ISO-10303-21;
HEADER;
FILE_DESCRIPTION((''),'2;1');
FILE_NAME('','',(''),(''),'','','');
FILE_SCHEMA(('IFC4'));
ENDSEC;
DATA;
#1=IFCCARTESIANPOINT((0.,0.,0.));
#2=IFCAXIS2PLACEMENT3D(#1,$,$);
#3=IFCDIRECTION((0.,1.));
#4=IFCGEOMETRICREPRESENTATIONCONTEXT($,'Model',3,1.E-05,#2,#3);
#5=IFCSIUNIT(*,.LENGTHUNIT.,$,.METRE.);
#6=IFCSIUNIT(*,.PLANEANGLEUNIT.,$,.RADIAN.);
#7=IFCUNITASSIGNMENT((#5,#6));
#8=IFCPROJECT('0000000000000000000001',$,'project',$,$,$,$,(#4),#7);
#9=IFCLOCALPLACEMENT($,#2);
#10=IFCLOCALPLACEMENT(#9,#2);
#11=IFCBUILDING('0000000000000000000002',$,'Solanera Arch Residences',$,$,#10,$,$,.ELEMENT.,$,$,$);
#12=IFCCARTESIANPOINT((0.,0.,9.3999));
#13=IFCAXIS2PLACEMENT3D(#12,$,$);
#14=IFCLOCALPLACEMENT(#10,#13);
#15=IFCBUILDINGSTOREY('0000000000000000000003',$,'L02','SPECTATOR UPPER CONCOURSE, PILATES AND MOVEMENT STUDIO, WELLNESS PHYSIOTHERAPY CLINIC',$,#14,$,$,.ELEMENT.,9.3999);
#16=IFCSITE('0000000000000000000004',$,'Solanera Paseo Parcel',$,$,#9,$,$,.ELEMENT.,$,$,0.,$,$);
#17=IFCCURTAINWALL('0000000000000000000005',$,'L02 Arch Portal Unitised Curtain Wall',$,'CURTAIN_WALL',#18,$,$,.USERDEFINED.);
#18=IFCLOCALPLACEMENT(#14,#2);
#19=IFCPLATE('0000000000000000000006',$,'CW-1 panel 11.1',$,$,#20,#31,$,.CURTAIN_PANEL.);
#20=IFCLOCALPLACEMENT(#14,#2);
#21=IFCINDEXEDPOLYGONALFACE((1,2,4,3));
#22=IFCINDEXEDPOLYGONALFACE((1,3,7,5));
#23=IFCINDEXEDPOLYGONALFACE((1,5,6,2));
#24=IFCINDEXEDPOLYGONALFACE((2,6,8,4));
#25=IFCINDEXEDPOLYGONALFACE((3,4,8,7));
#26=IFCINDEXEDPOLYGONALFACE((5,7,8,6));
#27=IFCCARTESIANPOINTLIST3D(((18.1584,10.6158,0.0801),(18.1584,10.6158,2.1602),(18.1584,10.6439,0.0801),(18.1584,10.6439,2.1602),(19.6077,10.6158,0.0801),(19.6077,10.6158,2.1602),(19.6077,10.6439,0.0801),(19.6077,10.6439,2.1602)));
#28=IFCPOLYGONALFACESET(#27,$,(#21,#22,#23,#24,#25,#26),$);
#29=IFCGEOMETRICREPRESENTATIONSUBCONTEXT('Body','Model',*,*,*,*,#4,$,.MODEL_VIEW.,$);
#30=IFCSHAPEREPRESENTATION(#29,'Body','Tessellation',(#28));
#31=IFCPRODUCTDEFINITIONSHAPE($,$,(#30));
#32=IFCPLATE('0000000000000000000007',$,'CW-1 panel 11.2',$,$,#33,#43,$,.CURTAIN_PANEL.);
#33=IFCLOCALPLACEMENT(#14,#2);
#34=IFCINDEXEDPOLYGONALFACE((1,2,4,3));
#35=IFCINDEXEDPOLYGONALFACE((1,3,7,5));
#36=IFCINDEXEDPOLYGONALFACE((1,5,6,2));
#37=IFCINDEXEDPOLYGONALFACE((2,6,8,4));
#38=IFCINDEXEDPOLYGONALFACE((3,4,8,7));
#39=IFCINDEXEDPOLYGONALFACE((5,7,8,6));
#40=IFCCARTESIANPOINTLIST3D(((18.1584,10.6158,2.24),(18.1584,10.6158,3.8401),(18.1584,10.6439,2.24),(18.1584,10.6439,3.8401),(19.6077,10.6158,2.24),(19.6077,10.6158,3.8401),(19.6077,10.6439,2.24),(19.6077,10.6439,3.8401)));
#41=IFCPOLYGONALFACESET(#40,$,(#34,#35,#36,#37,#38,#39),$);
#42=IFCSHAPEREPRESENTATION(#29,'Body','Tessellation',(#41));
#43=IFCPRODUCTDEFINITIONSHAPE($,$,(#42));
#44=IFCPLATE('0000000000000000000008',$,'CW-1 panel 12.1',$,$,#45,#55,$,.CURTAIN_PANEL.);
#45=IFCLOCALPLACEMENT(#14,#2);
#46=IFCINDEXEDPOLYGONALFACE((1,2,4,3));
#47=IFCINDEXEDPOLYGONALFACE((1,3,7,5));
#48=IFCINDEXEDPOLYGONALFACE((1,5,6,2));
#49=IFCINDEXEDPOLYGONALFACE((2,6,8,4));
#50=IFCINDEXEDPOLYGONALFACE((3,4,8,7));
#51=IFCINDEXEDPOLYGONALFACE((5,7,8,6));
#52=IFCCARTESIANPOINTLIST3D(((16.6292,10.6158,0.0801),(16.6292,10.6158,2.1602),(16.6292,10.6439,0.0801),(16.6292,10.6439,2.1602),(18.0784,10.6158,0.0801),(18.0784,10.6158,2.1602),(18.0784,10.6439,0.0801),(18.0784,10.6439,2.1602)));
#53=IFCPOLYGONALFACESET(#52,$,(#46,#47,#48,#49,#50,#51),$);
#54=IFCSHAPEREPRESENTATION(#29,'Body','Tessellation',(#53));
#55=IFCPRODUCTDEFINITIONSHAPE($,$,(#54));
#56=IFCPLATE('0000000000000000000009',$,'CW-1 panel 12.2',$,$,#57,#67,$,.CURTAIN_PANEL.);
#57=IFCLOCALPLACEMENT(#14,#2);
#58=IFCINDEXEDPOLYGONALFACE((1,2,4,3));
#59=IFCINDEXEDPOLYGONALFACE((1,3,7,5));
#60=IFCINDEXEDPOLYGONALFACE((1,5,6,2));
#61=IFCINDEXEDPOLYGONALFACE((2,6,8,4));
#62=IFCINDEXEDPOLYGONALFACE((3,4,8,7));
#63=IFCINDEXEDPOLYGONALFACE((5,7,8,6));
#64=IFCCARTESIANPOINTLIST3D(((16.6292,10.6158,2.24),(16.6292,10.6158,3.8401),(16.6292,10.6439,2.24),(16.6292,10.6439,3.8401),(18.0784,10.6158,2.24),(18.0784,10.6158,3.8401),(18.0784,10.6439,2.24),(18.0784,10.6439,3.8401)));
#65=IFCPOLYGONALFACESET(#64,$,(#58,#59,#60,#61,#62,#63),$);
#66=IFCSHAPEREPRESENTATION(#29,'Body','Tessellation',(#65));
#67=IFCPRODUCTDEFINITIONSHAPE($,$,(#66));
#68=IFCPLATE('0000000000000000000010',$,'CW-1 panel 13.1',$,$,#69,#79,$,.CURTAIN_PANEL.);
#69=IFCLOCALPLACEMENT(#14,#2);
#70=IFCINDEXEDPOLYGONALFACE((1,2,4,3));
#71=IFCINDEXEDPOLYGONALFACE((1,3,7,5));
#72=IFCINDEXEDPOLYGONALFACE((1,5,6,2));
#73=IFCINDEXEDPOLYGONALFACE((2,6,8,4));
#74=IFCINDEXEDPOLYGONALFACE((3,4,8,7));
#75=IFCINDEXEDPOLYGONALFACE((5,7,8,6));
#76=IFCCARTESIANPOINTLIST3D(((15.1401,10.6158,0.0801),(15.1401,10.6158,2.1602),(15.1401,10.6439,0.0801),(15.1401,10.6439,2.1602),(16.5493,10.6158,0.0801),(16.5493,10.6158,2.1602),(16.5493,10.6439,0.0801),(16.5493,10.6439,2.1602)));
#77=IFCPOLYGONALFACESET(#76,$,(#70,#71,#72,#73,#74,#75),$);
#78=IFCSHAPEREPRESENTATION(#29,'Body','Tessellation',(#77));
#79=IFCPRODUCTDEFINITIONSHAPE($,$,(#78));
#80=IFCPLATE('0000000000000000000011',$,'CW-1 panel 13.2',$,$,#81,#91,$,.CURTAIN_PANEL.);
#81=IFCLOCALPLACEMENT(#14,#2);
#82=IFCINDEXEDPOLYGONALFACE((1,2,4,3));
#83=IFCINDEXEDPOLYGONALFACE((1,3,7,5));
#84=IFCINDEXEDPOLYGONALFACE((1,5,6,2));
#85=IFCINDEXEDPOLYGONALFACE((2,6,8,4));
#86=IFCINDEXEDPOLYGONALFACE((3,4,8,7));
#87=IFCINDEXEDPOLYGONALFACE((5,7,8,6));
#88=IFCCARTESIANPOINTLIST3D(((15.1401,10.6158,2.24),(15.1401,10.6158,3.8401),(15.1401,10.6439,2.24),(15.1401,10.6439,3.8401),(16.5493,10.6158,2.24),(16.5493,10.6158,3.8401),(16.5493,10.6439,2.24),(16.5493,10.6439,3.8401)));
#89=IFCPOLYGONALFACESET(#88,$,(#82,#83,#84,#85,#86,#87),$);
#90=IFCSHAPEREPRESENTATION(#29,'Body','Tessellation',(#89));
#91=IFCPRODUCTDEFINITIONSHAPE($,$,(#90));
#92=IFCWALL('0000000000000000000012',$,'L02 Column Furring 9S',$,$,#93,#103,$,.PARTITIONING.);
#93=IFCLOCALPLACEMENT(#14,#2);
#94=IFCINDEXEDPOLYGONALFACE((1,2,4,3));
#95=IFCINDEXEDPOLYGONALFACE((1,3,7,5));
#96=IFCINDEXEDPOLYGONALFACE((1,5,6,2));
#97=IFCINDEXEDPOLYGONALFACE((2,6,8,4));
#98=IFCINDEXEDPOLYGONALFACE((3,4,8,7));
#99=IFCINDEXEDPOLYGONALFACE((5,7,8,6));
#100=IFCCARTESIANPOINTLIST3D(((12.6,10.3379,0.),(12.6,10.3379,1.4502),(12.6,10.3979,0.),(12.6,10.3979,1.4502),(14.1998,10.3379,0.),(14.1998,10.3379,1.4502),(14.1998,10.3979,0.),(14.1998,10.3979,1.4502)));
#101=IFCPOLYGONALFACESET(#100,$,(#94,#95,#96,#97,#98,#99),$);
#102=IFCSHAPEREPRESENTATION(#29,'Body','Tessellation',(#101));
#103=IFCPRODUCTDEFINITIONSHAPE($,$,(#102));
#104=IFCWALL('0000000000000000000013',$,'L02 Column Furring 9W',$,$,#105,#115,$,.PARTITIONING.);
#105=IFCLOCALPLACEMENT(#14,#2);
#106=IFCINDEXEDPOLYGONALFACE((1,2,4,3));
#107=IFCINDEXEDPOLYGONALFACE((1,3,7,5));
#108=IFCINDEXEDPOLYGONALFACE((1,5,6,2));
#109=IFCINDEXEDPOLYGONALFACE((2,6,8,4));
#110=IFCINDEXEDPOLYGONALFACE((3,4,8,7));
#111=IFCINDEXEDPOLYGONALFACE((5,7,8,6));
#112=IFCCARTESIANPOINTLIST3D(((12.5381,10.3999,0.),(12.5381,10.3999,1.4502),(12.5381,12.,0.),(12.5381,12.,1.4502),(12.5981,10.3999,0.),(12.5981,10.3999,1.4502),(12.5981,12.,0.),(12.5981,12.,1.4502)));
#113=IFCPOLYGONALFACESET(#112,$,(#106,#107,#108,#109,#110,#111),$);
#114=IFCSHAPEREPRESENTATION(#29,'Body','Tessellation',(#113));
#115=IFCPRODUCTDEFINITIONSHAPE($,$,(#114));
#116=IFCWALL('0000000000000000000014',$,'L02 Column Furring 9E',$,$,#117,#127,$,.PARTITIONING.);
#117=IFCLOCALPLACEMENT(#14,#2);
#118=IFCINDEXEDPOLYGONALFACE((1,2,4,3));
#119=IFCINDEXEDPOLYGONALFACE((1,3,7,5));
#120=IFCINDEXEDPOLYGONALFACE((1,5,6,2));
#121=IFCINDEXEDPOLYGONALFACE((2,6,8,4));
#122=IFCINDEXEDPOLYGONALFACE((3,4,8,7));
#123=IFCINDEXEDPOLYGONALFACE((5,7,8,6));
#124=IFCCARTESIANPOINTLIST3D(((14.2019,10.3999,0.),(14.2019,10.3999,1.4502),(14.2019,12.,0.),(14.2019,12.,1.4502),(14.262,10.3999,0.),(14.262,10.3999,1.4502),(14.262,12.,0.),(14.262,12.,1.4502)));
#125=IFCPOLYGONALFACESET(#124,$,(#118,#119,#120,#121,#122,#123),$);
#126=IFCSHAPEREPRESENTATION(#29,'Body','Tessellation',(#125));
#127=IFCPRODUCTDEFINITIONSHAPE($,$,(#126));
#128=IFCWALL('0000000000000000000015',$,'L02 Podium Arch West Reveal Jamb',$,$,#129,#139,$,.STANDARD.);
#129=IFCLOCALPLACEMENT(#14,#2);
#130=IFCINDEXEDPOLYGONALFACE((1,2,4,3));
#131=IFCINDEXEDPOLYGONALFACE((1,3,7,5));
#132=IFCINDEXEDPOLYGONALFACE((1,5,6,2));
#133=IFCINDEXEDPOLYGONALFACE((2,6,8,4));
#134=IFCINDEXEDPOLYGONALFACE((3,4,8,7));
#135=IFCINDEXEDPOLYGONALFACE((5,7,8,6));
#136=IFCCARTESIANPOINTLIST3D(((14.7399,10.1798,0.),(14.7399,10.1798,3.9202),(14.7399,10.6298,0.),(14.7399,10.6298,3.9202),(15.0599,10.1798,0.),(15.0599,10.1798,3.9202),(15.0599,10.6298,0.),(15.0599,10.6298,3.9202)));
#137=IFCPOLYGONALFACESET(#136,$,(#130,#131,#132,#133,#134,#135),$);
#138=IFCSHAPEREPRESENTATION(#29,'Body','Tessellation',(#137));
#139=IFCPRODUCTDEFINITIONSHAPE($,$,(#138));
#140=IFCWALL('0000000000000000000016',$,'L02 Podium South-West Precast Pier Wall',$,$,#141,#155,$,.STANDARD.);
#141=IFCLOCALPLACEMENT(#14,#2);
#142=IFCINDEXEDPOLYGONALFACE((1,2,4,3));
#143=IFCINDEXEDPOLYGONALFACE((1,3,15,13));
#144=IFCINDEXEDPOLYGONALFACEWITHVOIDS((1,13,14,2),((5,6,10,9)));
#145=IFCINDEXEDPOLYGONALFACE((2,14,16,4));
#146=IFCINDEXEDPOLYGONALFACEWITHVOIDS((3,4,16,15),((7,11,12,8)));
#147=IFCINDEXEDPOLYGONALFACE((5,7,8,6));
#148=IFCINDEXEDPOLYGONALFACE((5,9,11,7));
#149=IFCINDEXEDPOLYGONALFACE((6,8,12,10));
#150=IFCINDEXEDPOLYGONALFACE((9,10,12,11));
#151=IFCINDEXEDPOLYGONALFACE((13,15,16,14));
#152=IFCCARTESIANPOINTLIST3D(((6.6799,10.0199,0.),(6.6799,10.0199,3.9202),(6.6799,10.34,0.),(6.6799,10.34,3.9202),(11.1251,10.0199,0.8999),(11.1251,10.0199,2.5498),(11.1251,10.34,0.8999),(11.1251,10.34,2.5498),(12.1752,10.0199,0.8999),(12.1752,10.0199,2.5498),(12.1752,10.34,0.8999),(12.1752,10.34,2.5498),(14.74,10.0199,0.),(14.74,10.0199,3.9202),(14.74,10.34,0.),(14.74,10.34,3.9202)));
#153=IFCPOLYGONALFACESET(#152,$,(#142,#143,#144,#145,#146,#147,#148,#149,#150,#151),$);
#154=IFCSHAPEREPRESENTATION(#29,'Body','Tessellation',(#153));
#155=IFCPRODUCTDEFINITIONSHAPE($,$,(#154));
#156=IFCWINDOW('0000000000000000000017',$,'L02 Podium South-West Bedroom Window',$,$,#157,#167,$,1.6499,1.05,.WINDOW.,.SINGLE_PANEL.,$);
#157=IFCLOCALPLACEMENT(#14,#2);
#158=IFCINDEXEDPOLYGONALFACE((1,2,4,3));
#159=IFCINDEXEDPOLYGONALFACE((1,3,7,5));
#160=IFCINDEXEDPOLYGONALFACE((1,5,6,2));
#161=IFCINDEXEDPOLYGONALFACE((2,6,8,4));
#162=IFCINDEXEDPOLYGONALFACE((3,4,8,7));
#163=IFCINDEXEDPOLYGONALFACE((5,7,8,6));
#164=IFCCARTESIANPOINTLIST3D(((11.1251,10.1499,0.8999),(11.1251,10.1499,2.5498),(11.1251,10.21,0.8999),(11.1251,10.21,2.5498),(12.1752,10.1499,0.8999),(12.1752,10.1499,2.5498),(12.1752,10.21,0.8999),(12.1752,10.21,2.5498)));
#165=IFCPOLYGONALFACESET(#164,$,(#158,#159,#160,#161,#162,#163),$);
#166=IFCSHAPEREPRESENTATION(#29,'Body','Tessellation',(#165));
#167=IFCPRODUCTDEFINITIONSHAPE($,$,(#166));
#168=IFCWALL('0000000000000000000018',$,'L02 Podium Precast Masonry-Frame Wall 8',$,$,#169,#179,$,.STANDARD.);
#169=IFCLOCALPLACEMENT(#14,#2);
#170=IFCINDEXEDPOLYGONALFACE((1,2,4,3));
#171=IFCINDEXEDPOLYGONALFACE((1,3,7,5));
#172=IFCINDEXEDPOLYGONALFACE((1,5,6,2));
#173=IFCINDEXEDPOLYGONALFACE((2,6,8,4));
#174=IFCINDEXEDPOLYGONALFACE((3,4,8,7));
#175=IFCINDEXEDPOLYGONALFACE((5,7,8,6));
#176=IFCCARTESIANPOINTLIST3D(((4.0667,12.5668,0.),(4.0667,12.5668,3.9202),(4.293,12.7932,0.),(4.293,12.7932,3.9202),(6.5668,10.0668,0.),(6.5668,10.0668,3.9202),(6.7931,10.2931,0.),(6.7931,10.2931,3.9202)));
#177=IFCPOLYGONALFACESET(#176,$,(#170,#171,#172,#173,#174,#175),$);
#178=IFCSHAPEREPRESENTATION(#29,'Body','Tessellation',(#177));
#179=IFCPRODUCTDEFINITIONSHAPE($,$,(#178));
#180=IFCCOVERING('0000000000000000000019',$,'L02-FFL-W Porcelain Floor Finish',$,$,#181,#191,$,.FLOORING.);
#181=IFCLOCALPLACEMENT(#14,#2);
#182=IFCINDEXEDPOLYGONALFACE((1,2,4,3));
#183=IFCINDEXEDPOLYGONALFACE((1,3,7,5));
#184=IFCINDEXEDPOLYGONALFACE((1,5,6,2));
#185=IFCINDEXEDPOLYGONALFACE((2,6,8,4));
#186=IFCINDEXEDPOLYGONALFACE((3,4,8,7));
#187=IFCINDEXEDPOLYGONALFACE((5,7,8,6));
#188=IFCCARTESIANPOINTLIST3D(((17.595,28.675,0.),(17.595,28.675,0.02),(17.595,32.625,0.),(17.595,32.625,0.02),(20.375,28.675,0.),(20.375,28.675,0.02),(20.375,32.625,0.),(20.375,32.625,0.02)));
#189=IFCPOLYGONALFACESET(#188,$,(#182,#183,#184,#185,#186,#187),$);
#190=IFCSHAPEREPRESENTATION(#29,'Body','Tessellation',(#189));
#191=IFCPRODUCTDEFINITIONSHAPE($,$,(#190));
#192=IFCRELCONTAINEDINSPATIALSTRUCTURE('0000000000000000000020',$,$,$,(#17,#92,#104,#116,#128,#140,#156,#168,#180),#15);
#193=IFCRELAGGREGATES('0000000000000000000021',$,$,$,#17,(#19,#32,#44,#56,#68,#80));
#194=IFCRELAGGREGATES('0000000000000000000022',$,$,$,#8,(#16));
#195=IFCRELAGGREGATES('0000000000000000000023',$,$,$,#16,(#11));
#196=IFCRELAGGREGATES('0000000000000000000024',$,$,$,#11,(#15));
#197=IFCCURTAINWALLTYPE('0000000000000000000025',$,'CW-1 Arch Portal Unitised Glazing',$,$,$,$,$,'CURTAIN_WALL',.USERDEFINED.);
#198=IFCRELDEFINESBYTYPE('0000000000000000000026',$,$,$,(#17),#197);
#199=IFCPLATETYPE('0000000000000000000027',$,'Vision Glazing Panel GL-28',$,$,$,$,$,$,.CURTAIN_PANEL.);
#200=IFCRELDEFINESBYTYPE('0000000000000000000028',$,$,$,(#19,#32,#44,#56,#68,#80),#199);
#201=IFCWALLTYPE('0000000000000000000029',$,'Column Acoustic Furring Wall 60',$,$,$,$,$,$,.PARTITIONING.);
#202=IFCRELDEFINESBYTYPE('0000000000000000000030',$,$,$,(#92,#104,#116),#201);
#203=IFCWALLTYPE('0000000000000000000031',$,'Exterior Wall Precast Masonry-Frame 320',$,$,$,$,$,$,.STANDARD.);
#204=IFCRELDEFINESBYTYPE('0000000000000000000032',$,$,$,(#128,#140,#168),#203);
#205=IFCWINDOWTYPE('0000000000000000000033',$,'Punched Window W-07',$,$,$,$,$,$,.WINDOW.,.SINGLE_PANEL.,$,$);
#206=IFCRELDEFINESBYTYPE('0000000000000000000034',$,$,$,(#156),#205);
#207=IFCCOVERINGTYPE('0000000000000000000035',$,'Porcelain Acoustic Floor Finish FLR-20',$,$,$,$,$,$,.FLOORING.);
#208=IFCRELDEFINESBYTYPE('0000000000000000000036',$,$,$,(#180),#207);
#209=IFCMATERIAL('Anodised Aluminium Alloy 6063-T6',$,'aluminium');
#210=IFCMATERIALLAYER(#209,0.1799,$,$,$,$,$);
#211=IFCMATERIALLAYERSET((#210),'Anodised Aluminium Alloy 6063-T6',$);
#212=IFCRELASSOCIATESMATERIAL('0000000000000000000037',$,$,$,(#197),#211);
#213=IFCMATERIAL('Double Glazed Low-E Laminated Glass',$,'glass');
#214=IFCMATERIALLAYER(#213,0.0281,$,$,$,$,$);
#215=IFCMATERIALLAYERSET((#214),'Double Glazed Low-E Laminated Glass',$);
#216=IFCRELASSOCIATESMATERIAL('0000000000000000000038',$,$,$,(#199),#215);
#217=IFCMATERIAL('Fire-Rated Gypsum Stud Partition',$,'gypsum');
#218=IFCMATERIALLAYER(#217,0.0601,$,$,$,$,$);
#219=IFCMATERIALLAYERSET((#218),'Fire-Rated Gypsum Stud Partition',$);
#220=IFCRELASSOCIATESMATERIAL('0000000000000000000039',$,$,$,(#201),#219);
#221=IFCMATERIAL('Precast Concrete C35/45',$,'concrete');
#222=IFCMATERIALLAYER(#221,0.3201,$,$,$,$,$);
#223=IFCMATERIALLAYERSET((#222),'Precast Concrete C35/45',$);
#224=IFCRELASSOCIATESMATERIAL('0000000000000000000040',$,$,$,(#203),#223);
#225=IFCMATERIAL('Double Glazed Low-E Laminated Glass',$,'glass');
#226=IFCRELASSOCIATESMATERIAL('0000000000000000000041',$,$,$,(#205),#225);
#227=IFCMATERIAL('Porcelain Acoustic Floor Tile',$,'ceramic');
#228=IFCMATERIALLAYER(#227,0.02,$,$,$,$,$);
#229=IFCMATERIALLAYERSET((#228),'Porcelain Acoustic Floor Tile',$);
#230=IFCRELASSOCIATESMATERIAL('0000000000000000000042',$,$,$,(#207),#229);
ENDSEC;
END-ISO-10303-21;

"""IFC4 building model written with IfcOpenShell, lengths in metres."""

from ifc_helpers import new_model, si_unit, direction, frame, frame_2d, origin, origin_2d, place, context, subcontext, project, spatial, polyline, rectangle, outline, extrude, material, layer, layer_set, type_object, element, fill, aggregate, save


model = new_model("IFC4")

# Units and contexts
model_context = context("Model", 3, precision=1e-05, world=origin(), true_north=direction((0.0, 1.0)))
body_context = subcontext(model_context, "Body", "Model", "MODEL_VIEW")
ifc_project = project(units=[si_unit("LENGTHUNIT", "METRE"), si_unit("PLANEANGLEUNIT", "RADIAN")], contexts=[model_context])

# Site, building, storey
site_placement = place(None, origin())
site = spatial("IfcSite", under=ifc_project, at=site_placement, Name="Solanera Paseo Parcel", CompositionType="ELEMENT", RefElevation=0.0)
building_placement = place(site_placement, origin())
building = spatial("IfcBuilding", under=site, at=building_placement, Name="Solanera Arch Residences", CompositionType="ELEMENT")
storey_placement = place(building_placement, frame((0.0, 0.0, 9.3999)))
storey = spatial("IfcBuildingStorey", under=building, at=storey_placement, Name="L02", Description="SPECTATOR UPPER CONCOURSE, PILATES AND MOVEMENT STUDIO, WELLNESS PHYSIOTHERAPY CLINIC", CompositionType="ELEMENT", Elevation=9.3999)

# Curtain wall
ifc_material_1 = material(Name="Anodised Aluminium Alloy 6063-T6", Category="aluminium")
ifc_layer_1 = layer(ifc_material_1, 0.1799)
ifc_layer_set_1 = layer_set([ifc_layer_1], Name="Anodised Aluminium Alloy 6063-T6")
curtain_wall_type = type_object("IfcCurtainWallType", Name="CW-1 Arch Portal Unitised Glazing", ElementType="CURTAIN_WALL", PredefinedType="USERDEFINED", material=ifc_layer_set_1)
curtain_wall_placement = place(storey_placement, origin())
curtain_wall = element("IfcCurtainWall", 1, at=curtain_wall_placement, inside=storey, type_object=curtain_wall_type, Name="L02 Arch Portal Unitised Curtain Wall", ObjectType="CURTAIN_WALL", PredefinedType="USERDEFINED")

# Plates
ifc_material_2 = material(Name="Double Glazed Low-E Laminated Glass", Category="glass")
ifc_layer_2 = layer(ifc_material_2, 0.0281)
ifc_layer_set_2 = layer_set([ifc_layer_2], Name="Double Glazed Low-E Laminated Glass")
plate_type = type_object("IfcPlateType", Name="Vision Glazing Panel GL-28", PredefinedType="CURTAIN_PANEL", material=ifc_layer_set_2)
plate_1_placement = place(storey_placement, frame((18.8831, 10.6299, 0.0801), z_axis=(0.0, 0.0, 1.0), x_axis=(-1.0, 0.0, 0.0)))
plate_1 = element("IfcPlate", 2, at=plate_1_placement, type_object=plate_type, Name="CW-1 panel 11.1", PredefinedType="CURTAIN_PANEL", context=body_context, shape_type="SweptSolid", body=[
    extrude(rectangle(XDim=1.4492, YDim=0.0281, at=origin_2d()), origin(), (0.0, 0.0, 1.0), 2.0801),
])
plate_2_placement = place(storey_placement, frame((18.8831, 10.6299, 2.24), z_axis=(0.0, 0.0, 1.0), x_axis=(-1.0, 0.0, 0.0)))
plate_2 = element("IfcPlate", 3, at=plate_2_placement, type_object=plate_type, Name="CW-1 panel 11.2", PredefinedType="CURTAIN_PANEL", context=body_context, shape_type="SweptSolid", body=[
    extrude(rectangle(XDim=1.4492, YDim=0.0281, at=origin_2d()), origin(), (0.0, 0.0, 1.0), 1.6001),
])
plate_3_placement = place(storey_placement, frame((17.3538, 10.6299, 0.0801), z_axis=(0.0, 0.0, 1.0), x_axis=(-1.0, 0.0, 0.0)))
plate_3 = element("IfcPlate", 4, at=plate_3_placement, type_object=plate_type, Name="CW-1 panel 12.1", PredefinedType="CURTAIN_PANEL", context=body_context, shape_type="SweptSolid", body=[
    extrude(rectangle(XDim=1.4492, YDim=0.0281, at=origin_2d()), origin(), (0.0, 0.0, 1.0), 2.0801),
])
plate_4_placement = place(storey_placement, frame((17.3538, 10.6299, 2.24), z_axis=(0.0, 0.0, 1.0), x_axis=(-1.0, 0.0, 0.0)))
plate_4 = element("IfcPlate", 5, at=plate_4_placement, type_object=plate_type, Name="CW-1 panel 12.2", PredefinedType="CURTAIN_PANEL", context=body_context, shape_type="SweptSolid", body=[
    extrude(rectangle(XDim=1.4492, YDim=0.0281, at=origin_2d()), origin(), (0.0, 0.0, 1.0), 1.6001),
])
plate_5_placement = place(storey_placement, frame((15.8447, 10.6299, 0.0801), z_axis=(0.0, 0.0, 1.0), x_axis=(-1.0, 0.0, 0.0)))
plate_5 = element("IfcPlate", 6, at=plate_5_placement, type_object=plate_type, Name="CW-1 panel 13.1", PredefinedType="CURTAIN_PANEL", context=body_context, shape_type="SweptSolid", body=[
    extrude(rectangle(XDim=1.4092, YDim=0.0281, at=origin_2d()), origin(), (0.0, 0.0, 1.0), 2.0801),
])
plate_6_placement = place(storey_placement, frame((15.8447, 10.6299, 2.24), z_axis=(0.0, 0.0, 1.0), x_axis=(-1.0, 0.0, 0.0)))
plate_6 = element("IfcPlate", 7, at=plate_6_placement, type_object=plate_type, Name="CW-1 panel 13.2", PredefinedType="CURTAIN_PANEL", context=body_context, shape_type="SweptSolid", body=[
    extrude(rectangle(XDim=1.4092, YDim=0.0281, at=origin_2d()), origin(), (0.0, 0.0, 1.0), 1.6001),
])
aggregate(curtain_wall, [plate_1, plate_2, plate_3, plate_4, plate_5, plate_6])

# Walls
ifc_material_3 = material(Name="Fire-Rated Gypsum Stud Partition", Category="gypsum")
ifc_layer_3 = layer(ifc_material_3, 0.0601)
ifc_layer_set_3 = layer_set([ifc_layer_3], Name="Fire-Rated Gypsum Stud Partition")
wall_type_1 = type_object("IfcWallType", Name="Column Acoustic Furring Wall 60", PredefinedType="PARTITIONING", material=ifc_layer_set_3)
wall_1_placement = place(storey_placement, frame((12.6001, 10.3679, 0.0), z_axis=(0.0, 0.0, 1.0), x_axis=(1.0, 0.0, 0.0)))
element("IfcWall", 8, at=wall_1_placement, inside=storey, type_object=wall_type_1, Name="L02 Column Furring 9S", PredefinedType="PARTITIONING", context=body_context, shape_type="SweptSolid", body=[
    extrude(rectangle(XDim=1.5999, YDim=0.0601, at=frame_2d((0.7998, 0.0))), origin(), (0.0, 0.0, 1.0), 1.4502),
])
for number, where, z_axis, x_axis, name in (
    (9, (12.5681, 10.3999, 0.0), (0.0, 0.0, 1.0), (0.0, 1.0, 0.0), "L02 Column Furring 9W"),
    (10, (14.2319, 10.3999, 0.0), (0.0, 0.0, 1.0), (0.0, 1.0, 0.0), "L02 Column Furring 9E"),
):
    element("IfcWall", number, at=place(storey_placement, frame(where, z_axis=z_axis, x_axis=x_axis)), inside=storey, type_object=wall_type_1, Name=name, PredefinedType="PARTITIONING", context=body_context, shape_type="SweptSolid", body=[
        extrude(rectangle(XDim=1.6001, YDim=0.0601, at=frame_2d((0.8, 0.0))), origin(), (0.0, 0.0, 1.0), 1.4502),
    ])
ifc_material_4 = material(Name="Precast Concrete C35/45", Category="concrete")
ifc_layer_4 = layer(ifc_material_4, 0.3201)
ifc_layer_set_4 = layer_set([ifc_layer_4], Name="Precast Concrete C35/45")
wall_type_2 = type_object("IfcWallType", Name="Exterior Wall Precast Masonry-Frame 320", PredefinedType="STANDARD", material=ifc_layer_set_4)
wall_2_placement = place(storey_placement, frame((14.8999, 10.6299, 0.0), z_axis=(0.0, 0.0, 1.0), x_axis=(0.0, -1.0, 0.0)))
element("IfcWall", 11, at=wall_2_placement, inside=storey, type_object=wall_type_2, Name="L02 Podium Arch West Reveal Jamb", PredefinedType="STANDARD", context=body_context, shape_type="SweptSolid", body=[
    extrude(rectangle(XDim=0.45, YDim=0.3201, at=frame_2d((0.2251, 0.0))), origin(), (0.0, 0.0, 1.0), 3.9202),
])

# Wall, opening, window
wall_3_placement = place(storey_placement, frame((14.74, 10.1799, 0.0), z_axis=(0.0, 0.0, 1.0), x_axis=(-1.0, 0.0, 0.0)))
wall_3 = element("IfcWall", 12, at=wall_3_placement, inside=storey, type_object=wall_type_2, Name="L02 Podium South-West Precast Pier Wall", PredefinedType="STANDARD", context=body_context, shape_type="SweptSolid", body=[
    extrude(rectangle(XDim=8.0601, YDim=0.3201, at=frame_2d((4.03, 0.0))), origin(), (0.0, 0.0, 1.0), 3.9202),
])
opening_placement = place(wall_3_placement, frame((2.5649, 0.0, 0.8999)))
opening = element("IfcOpeningElement", 13, at=opening_placement, cuts=wall_3, PredefinedType="OPENING", context=body_context, shape_type="SweptSolid", body=[
    extrude(rectangle(XDim=1.05, YDim=1.6499, at=frame_2d((0.5249, 0.825))), frame((0.0, 0.1699, 0.0), z_axis=(0.0, -1.0, 0.0), x_axis=(1.0, 0.0, 0.0)), (0.0, 0.0, 1.0), 0.3401),
])
ifc_material_5 = material(Name="Double Glazed Low-E Laminated Glass", Category="glass")
window_type = type_object("IfcWindowType", Name="Punched Window W-07", PartitioningType="SINGLE_PANEL", PredefinedType="WINDOW", material=ifc_material_5)
window_placement = place(opening_placement, origin())
window = element("IfcWindow", 14, at=window_placement, inside=storey, type_object=window_type, Name="L02 Podium South-West Bedroom Window", OverallHeight=1.6499, OverallWidth=1.05, PartitioningType="SINGLE_PANEL", PredefinedType="WINDOW", context=body_context, shape_type="SweptSolid", body=[
    extrude(rectangle(XDim=1.05, YDim=1.6499, at=frame_2d((0.5249, 0.825))), frame((0.0, 0.03, 0.0), z_axis=(0.0, -1.0, 0.0), x_axis=(1.0, 0.0, 0.0)), (0.0, 0.0, 1.0), 0.0601),
])
fill(opening, window)

# Wall
wall_4_placement = place(storey_placement, frame((6.6799, 10.1799, 0.0), z_axis=(0.0, 0.0, 1.0), x_axis=(-0.707107, 0.707107, 0.0)))
element("IfcWall", 15, at=wall_4_placement, inside=storey, type_object=wall_type_2, Name="L02 Podium Precast Masonry-Frame Wall 8", PredefinedType="STANDARD", context=body_context, shape_type="SweptSolid", body=[
    extrude(rectangle(XDim=3.5356, YDim=0.3201, at=frame_2d((1.7678, 0.0))), origin(), (0.0, 0.0, 1.0), 3.9202),
])

# Covering
ifc_material_6 = material(Name="Porcelain Acoustic Floor Tile", Category="ceramic")
ifc_layer_5 = layer(ifc_material_6, 0.02)
ifc_layer_set_5 = layer_set([ifc_layer_5], Name="Porcelain Acoustic Floor Tile")
covering_type_1 = type_object("IfcCoveringType", Name="Porcelain Acoustic Floor Finish FLR-20", PredefinedType="FLOORING", material=ifc_layer_set_5)
covering_1_placement = place(storey_placement, origin())
element("IfcCovering", 16, at=covering_1_placement, inside=storey, type_object=covering_type_1, Name="L02-FFL-W Porcelain Floor Finish", PredefinedType="FLOORING", context=body_context, shape_type="SweptSolid", body=[
    extrude(outline(polyline([(20.375, 28.675), (17.595, 28.675), (17.595, 32.625), (20.375, 32.625), (20.375, 28.675)])), origin(), (0.0, 0.0, 1.0), 0.02),
])

save(model, "model.ifc")
